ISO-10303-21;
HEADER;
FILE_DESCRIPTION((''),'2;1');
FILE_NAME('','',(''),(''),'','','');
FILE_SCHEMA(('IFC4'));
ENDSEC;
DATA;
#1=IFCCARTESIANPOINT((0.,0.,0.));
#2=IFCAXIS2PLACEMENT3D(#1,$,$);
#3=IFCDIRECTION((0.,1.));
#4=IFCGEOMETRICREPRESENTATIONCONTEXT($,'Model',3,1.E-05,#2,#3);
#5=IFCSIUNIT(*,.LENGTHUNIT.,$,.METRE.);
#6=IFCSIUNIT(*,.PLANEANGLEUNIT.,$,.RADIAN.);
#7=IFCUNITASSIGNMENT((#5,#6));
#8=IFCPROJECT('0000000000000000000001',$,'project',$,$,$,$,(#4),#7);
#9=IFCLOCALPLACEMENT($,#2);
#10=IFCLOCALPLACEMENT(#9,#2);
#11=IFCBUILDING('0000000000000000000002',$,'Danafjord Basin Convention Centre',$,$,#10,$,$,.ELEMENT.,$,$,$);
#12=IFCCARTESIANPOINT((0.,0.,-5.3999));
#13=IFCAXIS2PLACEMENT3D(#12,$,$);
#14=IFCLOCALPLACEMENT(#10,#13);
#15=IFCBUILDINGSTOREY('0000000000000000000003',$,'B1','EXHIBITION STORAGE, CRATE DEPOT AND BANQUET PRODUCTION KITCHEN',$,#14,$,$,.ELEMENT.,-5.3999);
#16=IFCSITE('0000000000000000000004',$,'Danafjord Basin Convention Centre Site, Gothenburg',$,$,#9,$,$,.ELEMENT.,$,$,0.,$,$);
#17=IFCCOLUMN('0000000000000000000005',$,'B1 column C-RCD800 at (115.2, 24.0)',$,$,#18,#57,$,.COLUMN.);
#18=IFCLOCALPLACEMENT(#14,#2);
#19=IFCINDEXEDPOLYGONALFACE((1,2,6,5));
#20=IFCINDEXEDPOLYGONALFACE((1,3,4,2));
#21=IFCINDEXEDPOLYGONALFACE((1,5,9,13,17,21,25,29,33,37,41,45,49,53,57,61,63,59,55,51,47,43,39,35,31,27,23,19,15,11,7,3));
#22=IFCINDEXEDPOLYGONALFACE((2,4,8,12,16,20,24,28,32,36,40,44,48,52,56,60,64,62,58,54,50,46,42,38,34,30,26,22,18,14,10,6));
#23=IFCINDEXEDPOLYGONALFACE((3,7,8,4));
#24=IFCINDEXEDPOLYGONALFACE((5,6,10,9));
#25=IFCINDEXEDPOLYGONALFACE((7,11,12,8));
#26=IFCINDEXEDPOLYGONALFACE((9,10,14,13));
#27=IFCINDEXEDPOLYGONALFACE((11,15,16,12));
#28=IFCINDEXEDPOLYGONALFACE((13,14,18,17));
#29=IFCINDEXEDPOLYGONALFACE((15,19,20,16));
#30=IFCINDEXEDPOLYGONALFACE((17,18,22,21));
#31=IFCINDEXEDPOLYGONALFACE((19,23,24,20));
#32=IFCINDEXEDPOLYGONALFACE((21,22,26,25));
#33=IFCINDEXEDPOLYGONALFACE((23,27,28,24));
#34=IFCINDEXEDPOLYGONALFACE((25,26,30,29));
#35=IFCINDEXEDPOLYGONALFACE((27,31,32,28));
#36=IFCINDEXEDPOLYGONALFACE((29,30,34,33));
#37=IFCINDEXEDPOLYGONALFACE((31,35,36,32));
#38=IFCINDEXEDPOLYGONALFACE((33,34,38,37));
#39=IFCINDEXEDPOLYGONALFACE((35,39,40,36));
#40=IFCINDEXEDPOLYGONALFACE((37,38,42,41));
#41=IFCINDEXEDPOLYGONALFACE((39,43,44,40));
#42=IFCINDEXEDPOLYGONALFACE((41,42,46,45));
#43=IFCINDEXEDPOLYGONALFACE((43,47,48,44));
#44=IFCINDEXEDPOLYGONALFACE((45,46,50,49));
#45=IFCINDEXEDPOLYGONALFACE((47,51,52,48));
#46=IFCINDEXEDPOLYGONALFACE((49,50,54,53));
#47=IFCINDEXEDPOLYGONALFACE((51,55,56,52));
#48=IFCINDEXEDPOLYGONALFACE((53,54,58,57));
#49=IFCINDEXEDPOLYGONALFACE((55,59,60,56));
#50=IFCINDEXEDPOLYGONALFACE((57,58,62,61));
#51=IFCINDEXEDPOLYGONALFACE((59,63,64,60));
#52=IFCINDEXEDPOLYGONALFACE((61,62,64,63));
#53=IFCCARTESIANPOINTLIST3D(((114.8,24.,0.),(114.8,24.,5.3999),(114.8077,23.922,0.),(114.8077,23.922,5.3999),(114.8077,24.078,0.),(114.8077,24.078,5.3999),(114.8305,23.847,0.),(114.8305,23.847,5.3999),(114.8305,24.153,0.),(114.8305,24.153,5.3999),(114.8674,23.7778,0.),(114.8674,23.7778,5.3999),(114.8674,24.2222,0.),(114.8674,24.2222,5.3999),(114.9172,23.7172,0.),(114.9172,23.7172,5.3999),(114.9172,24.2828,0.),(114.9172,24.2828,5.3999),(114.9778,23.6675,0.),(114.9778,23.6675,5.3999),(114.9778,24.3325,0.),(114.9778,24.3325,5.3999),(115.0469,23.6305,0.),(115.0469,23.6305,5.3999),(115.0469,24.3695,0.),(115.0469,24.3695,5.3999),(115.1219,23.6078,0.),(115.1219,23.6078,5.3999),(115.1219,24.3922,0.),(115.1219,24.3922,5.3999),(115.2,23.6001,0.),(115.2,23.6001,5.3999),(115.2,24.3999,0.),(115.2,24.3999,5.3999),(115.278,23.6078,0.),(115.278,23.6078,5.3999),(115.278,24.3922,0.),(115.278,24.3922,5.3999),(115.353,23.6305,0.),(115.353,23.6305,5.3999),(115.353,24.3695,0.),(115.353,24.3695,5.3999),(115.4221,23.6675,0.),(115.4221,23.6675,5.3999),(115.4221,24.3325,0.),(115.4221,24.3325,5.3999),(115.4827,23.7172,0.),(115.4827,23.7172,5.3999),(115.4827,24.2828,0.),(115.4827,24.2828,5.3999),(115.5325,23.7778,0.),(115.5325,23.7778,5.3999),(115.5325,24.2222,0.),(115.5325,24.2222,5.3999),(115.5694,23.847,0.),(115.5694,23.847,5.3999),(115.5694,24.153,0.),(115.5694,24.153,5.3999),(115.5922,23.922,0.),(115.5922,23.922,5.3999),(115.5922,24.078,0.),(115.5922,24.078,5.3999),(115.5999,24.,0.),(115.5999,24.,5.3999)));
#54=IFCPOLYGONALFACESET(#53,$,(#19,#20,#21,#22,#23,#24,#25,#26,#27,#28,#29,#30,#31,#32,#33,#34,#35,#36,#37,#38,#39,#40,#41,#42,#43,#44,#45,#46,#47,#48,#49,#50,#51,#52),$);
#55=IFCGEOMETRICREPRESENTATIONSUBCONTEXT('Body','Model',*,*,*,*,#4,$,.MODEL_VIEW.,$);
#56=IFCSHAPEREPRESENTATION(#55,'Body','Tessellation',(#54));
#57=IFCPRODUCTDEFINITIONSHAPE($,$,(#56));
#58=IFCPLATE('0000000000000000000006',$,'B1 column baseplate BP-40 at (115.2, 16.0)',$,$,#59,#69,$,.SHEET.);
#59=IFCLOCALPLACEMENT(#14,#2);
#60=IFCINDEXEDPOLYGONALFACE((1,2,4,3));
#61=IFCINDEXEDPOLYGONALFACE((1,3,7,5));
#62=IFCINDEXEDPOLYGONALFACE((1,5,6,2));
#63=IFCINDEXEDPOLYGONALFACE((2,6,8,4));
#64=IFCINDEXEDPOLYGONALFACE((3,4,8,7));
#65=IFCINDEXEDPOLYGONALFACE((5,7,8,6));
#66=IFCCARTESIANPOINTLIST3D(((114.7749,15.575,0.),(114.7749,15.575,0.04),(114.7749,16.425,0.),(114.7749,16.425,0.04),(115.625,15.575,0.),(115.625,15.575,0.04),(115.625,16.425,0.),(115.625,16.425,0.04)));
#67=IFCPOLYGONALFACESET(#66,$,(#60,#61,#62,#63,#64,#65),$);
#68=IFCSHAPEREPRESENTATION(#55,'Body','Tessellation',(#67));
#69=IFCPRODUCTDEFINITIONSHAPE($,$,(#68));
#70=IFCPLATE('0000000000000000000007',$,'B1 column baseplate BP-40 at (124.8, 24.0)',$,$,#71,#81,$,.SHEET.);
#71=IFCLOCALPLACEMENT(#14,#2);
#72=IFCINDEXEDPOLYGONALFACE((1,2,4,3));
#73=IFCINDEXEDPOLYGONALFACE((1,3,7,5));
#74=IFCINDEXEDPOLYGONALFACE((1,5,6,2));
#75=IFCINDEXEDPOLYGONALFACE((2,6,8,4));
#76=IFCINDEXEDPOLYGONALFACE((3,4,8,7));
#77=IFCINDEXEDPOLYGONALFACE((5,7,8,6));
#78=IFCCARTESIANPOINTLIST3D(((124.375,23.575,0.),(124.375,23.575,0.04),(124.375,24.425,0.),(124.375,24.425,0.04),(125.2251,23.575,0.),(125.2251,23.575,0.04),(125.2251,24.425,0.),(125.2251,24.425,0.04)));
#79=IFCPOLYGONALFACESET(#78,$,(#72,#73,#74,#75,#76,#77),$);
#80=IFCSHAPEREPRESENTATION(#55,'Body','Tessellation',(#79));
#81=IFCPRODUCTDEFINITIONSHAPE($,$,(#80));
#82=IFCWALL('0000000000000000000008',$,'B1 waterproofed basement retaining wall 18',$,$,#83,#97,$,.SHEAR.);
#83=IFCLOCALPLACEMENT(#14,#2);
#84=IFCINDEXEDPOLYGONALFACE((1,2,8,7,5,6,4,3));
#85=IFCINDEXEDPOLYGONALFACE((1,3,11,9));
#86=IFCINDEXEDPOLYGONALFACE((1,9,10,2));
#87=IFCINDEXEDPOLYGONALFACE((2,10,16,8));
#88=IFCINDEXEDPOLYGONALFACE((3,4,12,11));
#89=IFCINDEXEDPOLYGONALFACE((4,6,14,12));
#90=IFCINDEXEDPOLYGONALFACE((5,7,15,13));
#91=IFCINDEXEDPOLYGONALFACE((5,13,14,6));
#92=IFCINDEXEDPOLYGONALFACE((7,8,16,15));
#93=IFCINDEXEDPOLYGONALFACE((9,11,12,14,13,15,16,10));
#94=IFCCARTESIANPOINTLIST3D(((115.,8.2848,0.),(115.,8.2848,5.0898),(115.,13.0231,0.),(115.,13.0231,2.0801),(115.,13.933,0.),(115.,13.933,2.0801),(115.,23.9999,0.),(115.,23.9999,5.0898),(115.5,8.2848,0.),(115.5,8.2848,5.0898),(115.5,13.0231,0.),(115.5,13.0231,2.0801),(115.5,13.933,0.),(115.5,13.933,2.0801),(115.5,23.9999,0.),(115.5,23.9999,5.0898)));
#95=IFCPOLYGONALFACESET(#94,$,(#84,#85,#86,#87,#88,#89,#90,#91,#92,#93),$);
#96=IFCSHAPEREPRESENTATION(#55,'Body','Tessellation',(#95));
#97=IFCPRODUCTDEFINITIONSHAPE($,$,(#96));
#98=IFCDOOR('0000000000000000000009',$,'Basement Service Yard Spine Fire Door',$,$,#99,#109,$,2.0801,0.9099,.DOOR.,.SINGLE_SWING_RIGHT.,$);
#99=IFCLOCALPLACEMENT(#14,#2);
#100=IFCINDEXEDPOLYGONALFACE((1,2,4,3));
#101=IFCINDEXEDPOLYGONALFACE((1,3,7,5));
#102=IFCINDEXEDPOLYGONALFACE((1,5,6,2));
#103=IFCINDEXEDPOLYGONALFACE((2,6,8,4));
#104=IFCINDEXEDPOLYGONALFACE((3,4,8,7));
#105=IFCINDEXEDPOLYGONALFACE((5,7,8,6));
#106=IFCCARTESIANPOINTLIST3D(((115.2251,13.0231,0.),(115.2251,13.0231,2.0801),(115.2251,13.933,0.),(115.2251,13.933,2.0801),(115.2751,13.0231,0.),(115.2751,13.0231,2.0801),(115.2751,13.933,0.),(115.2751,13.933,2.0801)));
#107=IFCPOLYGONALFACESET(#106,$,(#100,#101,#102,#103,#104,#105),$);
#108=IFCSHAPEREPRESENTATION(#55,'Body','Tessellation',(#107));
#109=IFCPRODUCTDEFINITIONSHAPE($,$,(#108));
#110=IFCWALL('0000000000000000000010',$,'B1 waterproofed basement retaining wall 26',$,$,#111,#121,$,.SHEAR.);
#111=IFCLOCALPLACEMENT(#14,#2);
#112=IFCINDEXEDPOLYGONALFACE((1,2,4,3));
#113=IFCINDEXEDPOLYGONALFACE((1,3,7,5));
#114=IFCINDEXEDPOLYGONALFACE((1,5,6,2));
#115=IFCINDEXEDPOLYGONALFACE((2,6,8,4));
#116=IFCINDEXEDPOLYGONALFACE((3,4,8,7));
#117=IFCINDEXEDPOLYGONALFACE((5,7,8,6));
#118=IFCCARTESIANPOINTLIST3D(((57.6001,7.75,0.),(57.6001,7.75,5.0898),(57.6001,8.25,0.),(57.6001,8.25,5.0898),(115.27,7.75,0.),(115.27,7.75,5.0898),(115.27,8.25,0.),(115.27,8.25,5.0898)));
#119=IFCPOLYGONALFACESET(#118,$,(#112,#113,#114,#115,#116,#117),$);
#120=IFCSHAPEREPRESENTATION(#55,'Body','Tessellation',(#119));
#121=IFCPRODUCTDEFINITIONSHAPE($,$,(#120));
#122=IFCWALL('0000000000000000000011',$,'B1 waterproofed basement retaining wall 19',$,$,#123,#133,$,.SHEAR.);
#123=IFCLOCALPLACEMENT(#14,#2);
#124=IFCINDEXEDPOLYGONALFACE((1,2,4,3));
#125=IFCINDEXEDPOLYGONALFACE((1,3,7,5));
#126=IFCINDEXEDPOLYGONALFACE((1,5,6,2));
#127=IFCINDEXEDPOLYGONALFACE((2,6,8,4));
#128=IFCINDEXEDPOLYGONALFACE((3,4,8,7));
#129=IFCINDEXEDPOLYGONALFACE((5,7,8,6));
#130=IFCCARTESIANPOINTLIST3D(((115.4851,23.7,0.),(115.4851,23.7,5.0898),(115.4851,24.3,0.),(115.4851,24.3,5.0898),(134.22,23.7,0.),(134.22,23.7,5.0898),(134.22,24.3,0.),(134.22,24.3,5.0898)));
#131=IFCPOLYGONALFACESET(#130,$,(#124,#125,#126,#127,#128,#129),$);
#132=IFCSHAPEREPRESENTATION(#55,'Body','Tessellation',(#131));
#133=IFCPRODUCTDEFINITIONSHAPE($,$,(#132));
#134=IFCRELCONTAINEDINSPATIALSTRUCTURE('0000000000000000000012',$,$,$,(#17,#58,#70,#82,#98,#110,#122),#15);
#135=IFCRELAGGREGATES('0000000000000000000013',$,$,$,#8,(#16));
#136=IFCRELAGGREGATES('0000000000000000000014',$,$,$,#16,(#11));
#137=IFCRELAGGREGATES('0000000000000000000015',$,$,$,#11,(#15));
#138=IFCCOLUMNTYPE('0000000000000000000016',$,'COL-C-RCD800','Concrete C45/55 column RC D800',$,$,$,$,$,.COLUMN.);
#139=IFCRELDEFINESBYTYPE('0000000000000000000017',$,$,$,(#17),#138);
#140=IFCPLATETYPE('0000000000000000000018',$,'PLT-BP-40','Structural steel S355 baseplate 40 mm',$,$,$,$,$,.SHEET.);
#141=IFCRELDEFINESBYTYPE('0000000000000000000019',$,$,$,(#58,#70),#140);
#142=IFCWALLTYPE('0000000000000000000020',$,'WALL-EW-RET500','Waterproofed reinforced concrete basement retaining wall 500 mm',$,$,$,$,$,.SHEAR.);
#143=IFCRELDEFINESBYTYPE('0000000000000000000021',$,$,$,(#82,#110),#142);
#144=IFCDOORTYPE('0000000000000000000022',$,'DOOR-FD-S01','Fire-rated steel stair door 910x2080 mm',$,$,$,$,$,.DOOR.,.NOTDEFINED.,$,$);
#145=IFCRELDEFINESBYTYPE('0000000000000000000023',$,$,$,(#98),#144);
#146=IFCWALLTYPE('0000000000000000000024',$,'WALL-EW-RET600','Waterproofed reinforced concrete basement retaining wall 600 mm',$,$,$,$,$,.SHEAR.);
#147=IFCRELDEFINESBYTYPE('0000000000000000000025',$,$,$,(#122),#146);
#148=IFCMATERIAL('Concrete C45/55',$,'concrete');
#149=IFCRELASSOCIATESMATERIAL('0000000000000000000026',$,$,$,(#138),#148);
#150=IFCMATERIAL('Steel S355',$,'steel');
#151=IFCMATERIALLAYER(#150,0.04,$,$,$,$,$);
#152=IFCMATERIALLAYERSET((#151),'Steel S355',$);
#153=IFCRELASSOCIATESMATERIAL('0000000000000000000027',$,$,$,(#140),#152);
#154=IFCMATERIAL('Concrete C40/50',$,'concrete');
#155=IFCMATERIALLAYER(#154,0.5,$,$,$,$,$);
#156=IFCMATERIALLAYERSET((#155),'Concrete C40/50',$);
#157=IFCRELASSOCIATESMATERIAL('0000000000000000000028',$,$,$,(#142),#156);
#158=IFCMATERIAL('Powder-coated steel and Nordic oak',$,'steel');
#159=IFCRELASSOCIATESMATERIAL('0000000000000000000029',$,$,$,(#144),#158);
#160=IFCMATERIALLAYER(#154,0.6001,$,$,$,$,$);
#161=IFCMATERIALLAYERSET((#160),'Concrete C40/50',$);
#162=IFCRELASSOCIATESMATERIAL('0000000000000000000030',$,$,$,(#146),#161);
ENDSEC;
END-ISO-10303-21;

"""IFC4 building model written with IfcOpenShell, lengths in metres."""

from ifc_helpers import new_model, si_unit, direction, frame, frame_2d, origin, origin_2d, place, context, subcontext, project, spatial, rectangle, circle, extrude, material, layer, layer_set, material_profile, profile_set, type_object, element, fill, save


model = new_model("IFC4")

# Units and contexts
model_context = context("Model", 3, precision=1e-05, world=origin(), true_north=direction((0.0, 1.0)))
body_context = subcontext(model_context, "Body", "Model", "MODEL_VIEW")
ifc_project = project(units=[si_unit("LENGTHUNIT", "METRE"), si_unit("PLANEANGLEUNIT", "RADIAN")], contexts=[model_context])

# Site, building, storey
site_placement = place(None, origin())
site = spatial("IfcSite", under=ifc_project, at=site_placement, Name="Danafjord Basin Convention Centre Site, Gothenburg", CompositionType="ELEMENT", RefElevation=0.0)
building_placement = place(site_placement, origin())
building = spatial("IfcBuilding", under=site, at=building_placement, Name="Danafjord Basin Convention Centre", CompositionType="ELEMENT")
storey_placement = place(building_placement, frame((0.0, 0.0, -5.3999)))
storey = spatial("IfcBuildingStorey", under=building, at=storey_placement, Name="B1", Description="EXHIBITION STORAGE, CRATE DEPOT AND BANQUET PRODUCTION KITCHEN", CompositionType="ELEMENT", Elevation=-5.3999)

# Shared definitions
ifc_material_1 = material(Name="Concrete C40/50", Category="concrete")

# Column
ifc_material_2 = material(Name="Concrete C45/55", Category="concrete")
ifc_material_profile_1 = material_profile(ifc_material_2, circle(Radius=0.3999, at=origin_2d()), Name="RC D800")
ifc_profile_set_1 = profile_set([ifc_material_profile_1], Name="Concrete C45/55")
column_type_1 = type_object("IfcColumnType", Name="COL-C-RCD800", Description="Concrete C45/55 column RC D800", PredefinedType="COLUMN", material=ifc_profile_set_1)
column_1_placement = place(storey_placement, frame((115.2, 24.0, 0.0), z_axis=(0.0, 0.0, 1.0), x_axis=(1.0, 0.0, 0.0)))
element("IfcColumn", 1, at=column_1_placement, inside=storey, type_object=column_type_1, Name="B1 column C-RCD800 at (115.2, 24.0)", PredefinedType="COLUMN", context=body_context, shape_type="SweptSolid", body=[
    extrude(circle(Radius=0.3999, at=origin_2d()), origin(), (0.0, 0.0, 1.0), 5.3999),
])

# Plates
ifc_material_3 = material(Name="Steel S355", Category="steel")
ifc_layer_1 = layer(ifc_material_3, 0.04)
ifc_layer_set_1 = layer_set([ifc_layer_1], Name="Steel S355")
plate_type = type_object("IfcPlateType", Name="PLT-BP-40", Description="Structural steel S355 baseplate 40 mm", PredefinedType="SHEET", material=ifc_layer_set_1)
for number, where, z_axis, x_axis, name in (
    (2, (115.2, 16.0, 0.0), (0.0, 0.0, 1.0), (1.0, 0.0, 0.0), "B1 column baseplate BP-40 at (115.2, 16.0)"),
    (3, (124.8, 24.0, 0.0), (0.0, 0.0, 1.0), (1.0, 0.0, 0.0), "B1 column baseplate BP-40 at (124.8, 24.0)"),
):
    element("IfcPlate", number, at=place(storey_placement, frame(where, z_axis=z_axis, x_axis=x_axis)), inside=storey, type_object=plate_type, Name=name, PredefinedType="SHEET", context=body_context, shape_type="SweptSolid", body=[
        extrude(rectangle(XDim=0.8501, YDim=0.8501, at=origin_2d()), origin(), (0.0, 0.0, 1.0), 0.04),
    ])

# Wall, opening, door
ifc_layer_2 = layer(ifc_material_1, 0.5)
ifc_layer_set_2 = layer_set([ifc_layer_2], Name="Concrete C40/50")
wall_type_1 = type_object("IfcWallType", Name="WALL-EW-RET500", Description="Waterproofed reinforced concrete basement retaining wall 500 mm", PredefinedType="SHEAR", material=ifc_layer_set_2)
wall_1_placement = place(storey_placement, frame((115.25, 8.2849, 0.0), z_axis=(0.0, 0.0, 1.0), x_axis=(0.0, 1.0, 0.0)))
wall_1 = element("IfcWall", 4, at=wall_1_placement, inside=storey, type_object=wall_type_1, Name="B1 waterproofed basement retaining wall 18", PredefinedType="SHEAR", context=body_context, shape_type="SweptSolid", body=[
    extrude(rectangle(XDim=15.7151, YDim=0.5, at=frame_2d((7.8574, 0.0))), origin(), (0.0, 0.0, 1.0), 5.0898),
])
opening_placement = place(wall_1_placement, frame((4.738, 0.0, 0.0)))
opening = element("IfcOpeningElement", 5, at=opening_placement, cuts=wall_1, PredefinedType="OPENING", context=body_context, shape_type="SweptSolid", body=[
    extrude(rectangle(XDim=0.9099, YDim=2.0801, at=frame_2d((0.4551, 1.04))), frame((0.0, 0.26, 0.0), z_axis=(0.0, -1.0, 0.0), x_axis=(1.0, 0.0, 0.0)), (0.0, 0.0, 1.0), 0.52),
])
ifc_material_4 = material(Name="Powder-coated steel and Nordic oak", Category="steel")
door_type = type_object("IfcDoorType", Name="DOOR-FD-S01", Description="Fire-rated steel stair door 910x2080 mm", OperationType="NOTDEFINED", PredefinedType="DOOR", material=ifc_material_4)
door_placement = place(opening_placement, origin())
door = element("IfcDoor", 6, at=door_placement, inside=storey, type_object=door_type, Name="Basement Service Yard Spine Fire Door", OperationType="SINGLE_SWING_RIGHT", OverallHeight=2.0801, OverallWidth=0.9099, PredefinedType="DOOR", context=body_context, shape_type="SweptSolid", body=[
    extrude(rectangle(XDim=0.9099, YDim=2.0801, at=frame_2d((0.4551, 1.04))), frame((0.0, 0.0249, 0.0), z_axis=(0.0, -1.0, 0.0), x_axis=(1.0, 0.0, 0.0)), (0.0, 0.0, 1.0), 0.05),
])
fill(opening, door)

# Walls
wall_2_placement = place(storey_placement, frame((115.27, 8.0, 0.0), z_axis=(0.0, 0.0, 1.0), x_axis=(-1.0, 0.0, 0.0)))
element("IfcWall", 7, at=wall_2_placement, inside=storey, type_object=wall_type_1, Name="B1 waterproofed basement retaining wall 26", PredefinedType="SHEAR", context=body_context, shape_type="SweptSolid", body=[
    extrude(rectangle(XDim=57.6699, YDim=0.5, at=frame_2d((28.835, 0.0))), origin(), (0.0, 0.0, 1.0), 5.0898),
])
ifc_layer_3 = layer(ifc_material_1, 0.6001)
ifc_layer_set_3 = layer_set([ifc_layer_3], Name="Concrete C40/50")
wall_type_2 = type_object("IfcWallType", Name="WALL-EW-RET600", Description="Waterproofed reinforced concrete basement retaining wall 600 mm", PredefinedType="SHEAR", material=ifc_layer_set_3)
wall_3_placement = place(storey_placement, frame((115.4851, 24.0, 0.0), z_axis=(0.0, 0.0, 1.0), x_axis=(1.0, 0.0, 0.0)))
element("IfcWall", 8, at=wall_3_placement, inside=storey, type_object=wall_type_2, Name="B1 waterproofed basement retaining wall 19", PredefinedType="SHEAR", context=body_context, shape_type="SweptSolid", body=[
    extrude(rectangle(XDim=18.7349, YDim=0.6001, at=frame_2d((9.3674, 0.0))), origin(), (0.0, 0.0, 1.0), 5.0898),
])

save(model, "model.ifc")
